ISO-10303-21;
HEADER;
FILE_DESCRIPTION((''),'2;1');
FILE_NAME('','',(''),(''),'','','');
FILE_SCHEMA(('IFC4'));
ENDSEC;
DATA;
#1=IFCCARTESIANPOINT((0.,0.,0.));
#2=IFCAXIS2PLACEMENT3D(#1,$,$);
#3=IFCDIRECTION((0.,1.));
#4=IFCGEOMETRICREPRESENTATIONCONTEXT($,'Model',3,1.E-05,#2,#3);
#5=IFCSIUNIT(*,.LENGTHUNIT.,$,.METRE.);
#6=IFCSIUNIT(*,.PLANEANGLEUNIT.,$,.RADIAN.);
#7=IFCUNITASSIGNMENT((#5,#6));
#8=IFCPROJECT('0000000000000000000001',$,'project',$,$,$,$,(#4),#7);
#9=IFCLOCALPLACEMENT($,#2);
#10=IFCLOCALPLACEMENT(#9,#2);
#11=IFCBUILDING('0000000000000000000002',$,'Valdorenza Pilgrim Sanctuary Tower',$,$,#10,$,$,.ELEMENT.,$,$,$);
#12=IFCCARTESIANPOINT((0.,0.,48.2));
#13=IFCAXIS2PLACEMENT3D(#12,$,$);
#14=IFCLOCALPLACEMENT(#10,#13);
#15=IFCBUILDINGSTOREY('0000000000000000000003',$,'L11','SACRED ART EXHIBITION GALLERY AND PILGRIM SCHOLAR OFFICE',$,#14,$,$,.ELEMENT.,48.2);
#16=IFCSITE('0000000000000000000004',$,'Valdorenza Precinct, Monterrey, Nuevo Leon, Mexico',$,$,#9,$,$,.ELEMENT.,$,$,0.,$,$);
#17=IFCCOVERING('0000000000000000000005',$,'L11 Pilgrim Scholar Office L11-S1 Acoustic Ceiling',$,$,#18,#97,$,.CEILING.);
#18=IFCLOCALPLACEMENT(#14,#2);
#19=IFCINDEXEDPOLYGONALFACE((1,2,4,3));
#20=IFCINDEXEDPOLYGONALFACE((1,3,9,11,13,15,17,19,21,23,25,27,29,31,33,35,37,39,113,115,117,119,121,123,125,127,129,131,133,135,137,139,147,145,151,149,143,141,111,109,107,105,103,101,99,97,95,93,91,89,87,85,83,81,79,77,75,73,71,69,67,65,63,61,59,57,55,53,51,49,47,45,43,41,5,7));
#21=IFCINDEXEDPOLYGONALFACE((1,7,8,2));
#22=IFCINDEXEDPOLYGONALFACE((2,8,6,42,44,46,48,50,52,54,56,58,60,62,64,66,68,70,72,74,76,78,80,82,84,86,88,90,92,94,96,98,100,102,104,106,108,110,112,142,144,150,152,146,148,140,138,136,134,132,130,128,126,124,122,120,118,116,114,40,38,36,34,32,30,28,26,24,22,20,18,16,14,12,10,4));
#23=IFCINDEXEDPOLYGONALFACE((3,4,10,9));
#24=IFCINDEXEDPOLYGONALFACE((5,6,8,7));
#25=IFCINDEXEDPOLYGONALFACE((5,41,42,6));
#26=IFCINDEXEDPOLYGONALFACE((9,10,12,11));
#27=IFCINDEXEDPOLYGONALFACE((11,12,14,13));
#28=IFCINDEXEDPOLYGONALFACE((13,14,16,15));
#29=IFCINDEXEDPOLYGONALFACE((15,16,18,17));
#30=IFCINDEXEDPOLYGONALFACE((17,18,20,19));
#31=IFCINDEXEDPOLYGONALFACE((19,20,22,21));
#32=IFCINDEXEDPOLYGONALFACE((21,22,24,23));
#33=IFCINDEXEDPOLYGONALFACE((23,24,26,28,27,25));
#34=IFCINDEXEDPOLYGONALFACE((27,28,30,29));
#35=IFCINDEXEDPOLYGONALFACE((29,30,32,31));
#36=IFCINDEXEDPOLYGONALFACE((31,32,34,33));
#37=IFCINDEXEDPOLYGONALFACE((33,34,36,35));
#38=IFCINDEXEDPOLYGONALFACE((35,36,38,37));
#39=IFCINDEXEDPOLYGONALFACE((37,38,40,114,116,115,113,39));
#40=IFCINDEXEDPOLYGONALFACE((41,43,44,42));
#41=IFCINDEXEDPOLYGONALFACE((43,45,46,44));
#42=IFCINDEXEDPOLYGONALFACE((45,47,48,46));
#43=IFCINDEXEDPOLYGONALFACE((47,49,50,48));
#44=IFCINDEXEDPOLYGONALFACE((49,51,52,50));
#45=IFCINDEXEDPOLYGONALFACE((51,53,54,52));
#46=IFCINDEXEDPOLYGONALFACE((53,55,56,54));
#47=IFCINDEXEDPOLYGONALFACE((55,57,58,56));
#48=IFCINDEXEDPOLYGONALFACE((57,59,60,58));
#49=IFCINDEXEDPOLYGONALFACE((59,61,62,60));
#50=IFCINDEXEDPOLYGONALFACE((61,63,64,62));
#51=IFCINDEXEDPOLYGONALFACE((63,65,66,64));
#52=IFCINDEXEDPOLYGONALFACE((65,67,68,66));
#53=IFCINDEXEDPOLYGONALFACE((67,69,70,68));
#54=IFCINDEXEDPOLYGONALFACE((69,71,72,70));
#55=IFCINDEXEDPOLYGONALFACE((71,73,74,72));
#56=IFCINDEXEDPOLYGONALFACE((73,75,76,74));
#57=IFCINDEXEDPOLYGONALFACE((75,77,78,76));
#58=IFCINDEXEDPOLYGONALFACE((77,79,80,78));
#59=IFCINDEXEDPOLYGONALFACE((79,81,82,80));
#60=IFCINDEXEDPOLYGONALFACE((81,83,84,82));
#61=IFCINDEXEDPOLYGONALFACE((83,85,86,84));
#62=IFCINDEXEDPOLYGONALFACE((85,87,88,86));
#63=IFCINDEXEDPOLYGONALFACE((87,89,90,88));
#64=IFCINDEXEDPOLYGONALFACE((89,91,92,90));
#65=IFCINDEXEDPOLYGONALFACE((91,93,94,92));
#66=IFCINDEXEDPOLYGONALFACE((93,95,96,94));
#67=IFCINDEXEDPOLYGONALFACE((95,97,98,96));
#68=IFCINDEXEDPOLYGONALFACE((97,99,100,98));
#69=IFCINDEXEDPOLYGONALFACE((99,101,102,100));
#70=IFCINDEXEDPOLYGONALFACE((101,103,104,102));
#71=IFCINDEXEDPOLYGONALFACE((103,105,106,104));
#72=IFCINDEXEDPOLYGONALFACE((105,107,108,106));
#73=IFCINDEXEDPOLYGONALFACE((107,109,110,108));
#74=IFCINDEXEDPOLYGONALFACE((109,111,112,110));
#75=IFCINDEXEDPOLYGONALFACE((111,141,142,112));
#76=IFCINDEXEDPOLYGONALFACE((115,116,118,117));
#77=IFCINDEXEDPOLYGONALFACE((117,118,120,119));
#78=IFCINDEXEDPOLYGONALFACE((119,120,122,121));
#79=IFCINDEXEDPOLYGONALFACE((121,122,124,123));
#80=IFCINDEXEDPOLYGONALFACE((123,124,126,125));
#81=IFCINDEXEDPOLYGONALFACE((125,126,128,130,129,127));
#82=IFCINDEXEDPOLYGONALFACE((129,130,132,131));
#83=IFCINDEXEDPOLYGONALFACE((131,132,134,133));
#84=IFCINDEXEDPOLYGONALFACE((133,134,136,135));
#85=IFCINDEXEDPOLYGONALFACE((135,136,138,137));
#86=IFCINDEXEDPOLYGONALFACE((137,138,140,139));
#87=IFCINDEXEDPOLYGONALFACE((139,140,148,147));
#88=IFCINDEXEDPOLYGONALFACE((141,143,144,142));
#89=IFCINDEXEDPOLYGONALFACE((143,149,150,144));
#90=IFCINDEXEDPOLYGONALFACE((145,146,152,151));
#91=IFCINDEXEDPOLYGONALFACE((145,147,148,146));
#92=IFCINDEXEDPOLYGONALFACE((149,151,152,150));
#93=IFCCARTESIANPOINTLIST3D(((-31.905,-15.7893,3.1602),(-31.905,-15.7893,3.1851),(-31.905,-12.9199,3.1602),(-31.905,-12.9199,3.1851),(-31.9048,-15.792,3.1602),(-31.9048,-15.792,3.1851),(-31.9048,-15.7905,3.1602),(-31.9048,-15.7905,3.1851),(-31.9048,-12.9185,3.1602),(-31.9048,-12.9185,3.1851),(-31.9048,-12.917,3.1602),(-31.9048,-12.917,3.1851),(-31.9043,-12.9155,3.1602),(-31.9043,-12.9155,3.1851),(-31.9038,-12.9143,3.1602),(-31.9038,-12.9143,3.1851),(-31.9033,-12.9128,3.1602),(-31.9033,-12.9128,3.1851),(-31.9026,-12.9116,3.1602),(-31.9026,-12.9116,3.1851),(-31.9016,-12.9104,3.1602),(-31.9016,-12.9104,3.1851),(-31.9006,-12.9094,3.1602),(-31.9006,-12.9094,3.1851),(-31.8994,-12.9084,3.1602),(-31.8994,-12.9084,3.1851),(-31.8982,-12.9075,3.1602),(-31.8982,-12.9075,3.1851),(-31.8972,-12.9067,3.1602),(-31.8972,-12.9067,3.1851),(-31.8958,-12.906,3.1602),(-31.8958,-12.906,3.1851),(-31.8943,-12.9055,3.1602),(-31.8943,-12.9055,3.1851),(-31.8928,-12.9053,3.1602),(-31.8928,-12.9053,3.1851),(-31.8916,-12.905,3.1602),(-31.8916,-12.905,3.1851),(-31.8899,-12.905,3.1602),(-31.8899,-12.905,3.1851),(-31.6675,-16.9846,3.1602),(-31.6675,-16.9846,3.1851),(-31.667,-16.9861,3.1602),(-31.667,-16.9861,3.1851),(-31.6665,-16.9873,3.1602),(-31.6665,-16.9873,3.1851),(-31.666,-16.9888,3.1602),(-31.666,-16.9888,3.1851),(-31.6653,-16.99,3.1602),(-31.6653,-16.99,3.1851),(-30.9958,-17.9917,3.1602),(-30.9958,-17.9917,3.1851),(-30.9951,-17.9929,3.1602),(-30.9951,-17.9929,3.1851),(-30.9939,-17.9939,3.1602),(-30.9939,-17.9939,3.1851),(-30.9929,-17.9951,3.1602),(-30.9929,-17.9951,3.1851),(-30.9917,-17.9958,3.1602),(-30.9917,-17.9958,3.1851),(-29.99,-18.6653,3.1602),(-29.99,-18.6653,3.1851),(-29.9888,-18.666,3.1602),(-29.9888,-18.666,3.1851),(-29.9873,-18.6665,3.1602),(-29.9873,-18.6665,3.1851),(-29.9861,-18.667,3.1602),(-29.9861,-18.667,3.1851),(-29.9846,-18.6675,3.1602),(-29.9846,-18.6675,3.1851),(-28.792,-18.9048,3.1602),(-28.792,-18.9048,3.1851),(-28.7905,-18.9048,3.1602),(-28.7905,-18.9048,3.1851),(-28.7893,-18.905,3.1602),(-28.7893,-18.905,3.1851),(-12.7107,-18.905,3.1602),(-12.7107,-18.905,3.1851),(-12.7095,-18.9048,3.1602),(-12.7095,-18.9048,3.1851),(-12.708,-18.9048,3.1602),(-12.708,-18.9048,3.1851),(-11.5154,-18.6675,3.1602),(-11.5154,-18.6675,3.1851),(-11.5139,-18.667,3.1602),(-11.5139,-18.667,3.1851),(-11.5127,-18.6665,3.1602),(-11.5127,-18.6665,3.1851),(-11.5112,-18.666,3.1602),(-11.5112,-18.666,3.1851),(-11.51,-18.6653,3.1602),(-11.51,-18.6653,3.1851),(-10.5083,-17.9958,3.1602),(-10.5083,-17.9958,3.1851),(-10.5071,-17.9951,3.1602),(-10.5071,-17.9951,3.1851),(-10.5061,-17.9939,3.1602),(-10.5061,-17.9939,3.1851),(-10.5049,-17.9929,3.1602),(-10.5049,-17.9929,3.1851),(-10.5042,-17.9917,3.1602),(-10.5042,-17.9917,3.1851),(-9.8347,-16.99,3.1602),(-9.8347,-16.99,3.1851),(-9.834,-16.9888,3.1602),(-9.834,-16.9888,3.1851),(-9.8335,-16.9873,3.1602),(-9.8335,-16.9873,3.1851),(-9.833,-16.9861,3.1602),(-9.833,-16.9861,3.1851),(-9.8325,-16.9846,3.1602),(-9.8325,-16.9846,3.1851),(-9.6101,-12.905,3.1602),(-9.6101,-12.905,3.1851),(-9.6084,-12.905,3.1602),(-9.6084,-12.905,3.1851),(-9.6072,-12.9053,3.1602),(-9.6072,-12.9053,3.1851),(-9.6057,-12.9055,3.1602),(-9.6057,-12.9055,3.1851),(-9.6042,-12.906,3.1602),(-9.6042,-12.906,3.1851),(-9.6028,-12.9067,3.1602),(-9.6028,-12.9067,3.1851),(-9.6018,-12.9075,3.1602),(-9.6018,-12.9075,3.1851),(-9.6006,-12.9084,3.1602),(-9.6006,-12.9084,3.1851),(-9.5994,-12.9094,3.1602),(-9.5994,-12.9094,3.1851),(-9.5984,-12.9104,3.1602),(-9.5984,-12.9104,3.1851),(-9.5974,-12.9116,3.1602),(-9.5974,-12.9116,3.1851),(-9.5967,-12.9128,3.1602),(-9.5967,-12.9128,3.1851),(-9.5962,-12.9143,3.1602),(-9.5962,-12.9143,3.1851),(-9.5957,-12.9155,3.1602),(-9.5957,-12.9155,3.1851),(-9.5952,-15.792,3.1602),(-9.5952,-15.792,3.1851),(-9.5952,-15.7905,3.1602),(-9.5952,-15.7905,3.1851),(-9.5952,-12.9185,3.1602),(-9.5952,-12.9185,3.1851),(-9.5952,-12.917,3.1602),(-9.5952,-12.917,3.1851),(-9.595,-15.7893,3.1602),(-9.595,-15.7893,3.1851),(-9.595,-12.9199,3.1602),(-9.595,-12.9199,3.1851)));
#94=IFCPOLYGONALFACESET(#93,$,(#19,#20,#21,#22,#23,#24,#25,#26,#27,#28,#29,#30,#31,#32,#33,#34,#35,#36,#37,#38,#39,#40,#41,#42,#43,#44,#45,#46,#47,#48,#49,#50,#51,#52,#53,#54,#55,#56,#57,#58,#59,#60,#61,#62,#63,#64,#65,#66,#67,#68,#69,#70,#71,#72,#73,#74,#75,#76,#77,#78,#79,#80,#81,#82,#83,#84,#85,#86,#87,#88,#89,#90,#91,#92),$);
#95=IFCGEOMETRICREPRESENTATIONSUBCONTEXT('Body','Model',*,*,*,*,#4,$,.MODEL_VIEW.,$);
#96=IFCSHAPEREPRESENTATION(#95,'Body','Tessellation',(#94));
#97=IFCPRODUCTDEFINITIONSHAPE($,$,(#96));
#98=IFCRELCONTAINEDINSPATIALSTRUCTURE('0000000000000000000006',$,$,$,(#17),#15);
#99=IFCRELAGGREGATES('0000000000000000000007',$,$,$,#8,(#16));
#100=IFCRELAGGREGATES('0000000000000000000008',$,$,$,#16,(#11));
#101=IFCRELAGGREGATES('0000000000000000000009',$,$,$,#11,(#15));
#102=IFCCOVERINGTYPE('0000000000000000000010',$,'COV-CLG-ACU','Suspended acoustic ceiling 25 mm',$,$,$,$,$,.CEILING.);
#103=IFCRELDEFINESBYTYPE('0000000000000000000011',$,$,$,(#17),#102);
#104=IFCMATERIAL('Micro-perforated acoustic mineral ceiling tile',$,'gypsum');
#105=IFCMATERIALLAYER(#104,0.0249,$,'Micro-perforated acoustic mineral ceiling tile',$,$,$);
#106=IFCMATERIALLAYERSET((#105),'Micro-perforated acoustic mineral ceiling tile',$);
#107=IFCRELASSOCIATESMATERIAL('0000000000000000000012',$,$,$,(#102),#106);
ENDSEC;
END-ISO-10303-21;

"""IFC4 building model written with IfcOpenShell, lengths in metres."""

from ifc_helpers import new_model, si_unit, direction, frame, origin, place, context, subcontext, project, spatial, polyline, outline, extrude, material, layer, layer_set, type_object, element, save


model = new_model("IFC4")

# Units and contexts
model_context = context("Model", 3, precision=1e-05, world=origin(), true_north=direction((0.0, 1.0)))
body_context = subcontext(model_context, "Body", "Model", "MODEL_VIEW")
ifc_project = project(units=[si_unit("LENGTHUNIT", "METRE"), si_unit("PLANEANGLEUNIT", "RADIAN")], contexts=[model_context])

# Site, building, storey
site_placement = place(None, origin())
site = spatial("IfcSite", under=ifc_project, at=site_placement, Name="Valdorenza Precinct, Monterrey, Nuevo Leon, Mexico", CompositionType="ELEMENT", RefElevation=0.0)
building_placement = place(site_placement, origin())
building = spatial("IfcBuilding", under=site, at=building_placement, Name="Valdorenza Pilgrim Sanctuary Tower", CompositionType="ELEMENT")
storey_placement = place(building_placement, frame((0.0, 0.0, 48.2)))
storey = spatial("IfcBuildingStorey", under=building, at=storey_placement, Name="L11", Description="SACRED ART EXHIBITION GALLERY AND PILGRIM SCHOLAR OFFICE", CompositionType="ELEMENT", Elevation=48.2)

# Covering
ifc_material_1 = material(Name="Micro-perforated acoustic mineral ceiling tile", Category="gypsum")
ifc_layer_1 = layer(ifc_material_1, 0.0249, Name="Micro-perforated acoustic mineral ceiling tile")
ifc_layer_set_1 = layer_set([ifc_layer_1], Name="Micro-perforated acoustic mineral ceiling tile")
covering_type_1 = type_object("IfcCoveringType", Name="COV-CLG-ACU", Description="Suspended acoustic ceiling 25 mm", PredefinedType="CEILING", material=ifc_layer_set_1)
covering_1_placement = place(storey_placement, frame((0.0, 0.0, 3.1602)))
element("IfcCovering", 1, at=covering_1_placement, inside=storey, type_object=covering_type_1, Name="L11 Pilgrim Scholar Office L11-S1 Acoustic Ceiling", PredefinedType="CEILING", context=body_context, shape_type="SweptSolid", body=[
    extrude(outline(polyline([(-9.595, -15.7893), (-9.5952, -15.7905), (-9.5952, -15.792), (-9.8325, -16.9846), (-9.833, -16.9861), (-9.8335, -16.9873), (-9.834, -16.9888), (-9.8347, -16.99), (-10.5042, -17.9917), (-10.5049, -17.9929), (-10.5061, -17.9939), (-10.5071, -17.9951), (-10.5083, -17.9958), (-11.51, -18.6653), (-11.5112, -18.666), (-11.5127, -18.6665), (-11.5139, -18.667), (-11.5154, -18.6675), (-12.708, -18.9048), (-12.7095, -18.9048), (-12.7107, -18.905), (-28.7893, -18.905), (-28.7905, -18.9048), (-28.792, -18.9048), (-29.9846, -18.6675), (-29.9861, -18.667), (-29.9873, -18.6665), (-29.9888, -18.666), (-29.99, -18.6653), (-30.9917, -17.9958), (-30.9929, -17.9951), (-30.9939, -17.9939), (-30.9951, -17.9929), (-30.9958, -17.9917), (-31.6653, -16.99), (-31.666, -16.9888), (-31.6665, -16.9873), (-31.667, -16.9861), (-31.6675, -16.9846), (-31.9048, -15.792), (-31.9048, -15.7905), (-31.905, -15.7893), (-31.905, -12.9199), (-31.9048, -12.9185), (-31.9048, -12.917), (-31.9043, -12.9155), (-31.9038, -12.9143), (-31.9033, -12.9128), (-31.9026, -12.9116), (-31.9016, -12.9104), (-31.9006, -12.9094), (-31.8994, -12.9084), (-31.8982, -12.9075), (-31.8972, -12.9067), (-31.8958, -12.906), (-31.8943, -12.9055), (-31.8928, -12.9053), (-31.8916, -12.905), (-31.8899, -12.905), (-9.6101, -12.905), (-9.6084, -12.905), (-9.6072, -12.9053), (-9.6057, -12.9055), (-9.6042, -12.906), (-9.6028, -12.9067), (-9.6018, -12.9075), (-9.6006, -12.9084), (-9.5994, -12.9094), (-9.5984, -12.9104), (-9.5974, -12.9116), (-9.5967, -12.9128), (-9.5962, -12.9143), (-9.5957, -12.9155), (-9.5952, -12.917), (-9.5952, -12.9185), (-9.595, -12.9199), (-9.595, -15.7893)])), origin(), (0.0, 0.0, 1.0), 0.0249),
])

save(model, "model.ifc")
